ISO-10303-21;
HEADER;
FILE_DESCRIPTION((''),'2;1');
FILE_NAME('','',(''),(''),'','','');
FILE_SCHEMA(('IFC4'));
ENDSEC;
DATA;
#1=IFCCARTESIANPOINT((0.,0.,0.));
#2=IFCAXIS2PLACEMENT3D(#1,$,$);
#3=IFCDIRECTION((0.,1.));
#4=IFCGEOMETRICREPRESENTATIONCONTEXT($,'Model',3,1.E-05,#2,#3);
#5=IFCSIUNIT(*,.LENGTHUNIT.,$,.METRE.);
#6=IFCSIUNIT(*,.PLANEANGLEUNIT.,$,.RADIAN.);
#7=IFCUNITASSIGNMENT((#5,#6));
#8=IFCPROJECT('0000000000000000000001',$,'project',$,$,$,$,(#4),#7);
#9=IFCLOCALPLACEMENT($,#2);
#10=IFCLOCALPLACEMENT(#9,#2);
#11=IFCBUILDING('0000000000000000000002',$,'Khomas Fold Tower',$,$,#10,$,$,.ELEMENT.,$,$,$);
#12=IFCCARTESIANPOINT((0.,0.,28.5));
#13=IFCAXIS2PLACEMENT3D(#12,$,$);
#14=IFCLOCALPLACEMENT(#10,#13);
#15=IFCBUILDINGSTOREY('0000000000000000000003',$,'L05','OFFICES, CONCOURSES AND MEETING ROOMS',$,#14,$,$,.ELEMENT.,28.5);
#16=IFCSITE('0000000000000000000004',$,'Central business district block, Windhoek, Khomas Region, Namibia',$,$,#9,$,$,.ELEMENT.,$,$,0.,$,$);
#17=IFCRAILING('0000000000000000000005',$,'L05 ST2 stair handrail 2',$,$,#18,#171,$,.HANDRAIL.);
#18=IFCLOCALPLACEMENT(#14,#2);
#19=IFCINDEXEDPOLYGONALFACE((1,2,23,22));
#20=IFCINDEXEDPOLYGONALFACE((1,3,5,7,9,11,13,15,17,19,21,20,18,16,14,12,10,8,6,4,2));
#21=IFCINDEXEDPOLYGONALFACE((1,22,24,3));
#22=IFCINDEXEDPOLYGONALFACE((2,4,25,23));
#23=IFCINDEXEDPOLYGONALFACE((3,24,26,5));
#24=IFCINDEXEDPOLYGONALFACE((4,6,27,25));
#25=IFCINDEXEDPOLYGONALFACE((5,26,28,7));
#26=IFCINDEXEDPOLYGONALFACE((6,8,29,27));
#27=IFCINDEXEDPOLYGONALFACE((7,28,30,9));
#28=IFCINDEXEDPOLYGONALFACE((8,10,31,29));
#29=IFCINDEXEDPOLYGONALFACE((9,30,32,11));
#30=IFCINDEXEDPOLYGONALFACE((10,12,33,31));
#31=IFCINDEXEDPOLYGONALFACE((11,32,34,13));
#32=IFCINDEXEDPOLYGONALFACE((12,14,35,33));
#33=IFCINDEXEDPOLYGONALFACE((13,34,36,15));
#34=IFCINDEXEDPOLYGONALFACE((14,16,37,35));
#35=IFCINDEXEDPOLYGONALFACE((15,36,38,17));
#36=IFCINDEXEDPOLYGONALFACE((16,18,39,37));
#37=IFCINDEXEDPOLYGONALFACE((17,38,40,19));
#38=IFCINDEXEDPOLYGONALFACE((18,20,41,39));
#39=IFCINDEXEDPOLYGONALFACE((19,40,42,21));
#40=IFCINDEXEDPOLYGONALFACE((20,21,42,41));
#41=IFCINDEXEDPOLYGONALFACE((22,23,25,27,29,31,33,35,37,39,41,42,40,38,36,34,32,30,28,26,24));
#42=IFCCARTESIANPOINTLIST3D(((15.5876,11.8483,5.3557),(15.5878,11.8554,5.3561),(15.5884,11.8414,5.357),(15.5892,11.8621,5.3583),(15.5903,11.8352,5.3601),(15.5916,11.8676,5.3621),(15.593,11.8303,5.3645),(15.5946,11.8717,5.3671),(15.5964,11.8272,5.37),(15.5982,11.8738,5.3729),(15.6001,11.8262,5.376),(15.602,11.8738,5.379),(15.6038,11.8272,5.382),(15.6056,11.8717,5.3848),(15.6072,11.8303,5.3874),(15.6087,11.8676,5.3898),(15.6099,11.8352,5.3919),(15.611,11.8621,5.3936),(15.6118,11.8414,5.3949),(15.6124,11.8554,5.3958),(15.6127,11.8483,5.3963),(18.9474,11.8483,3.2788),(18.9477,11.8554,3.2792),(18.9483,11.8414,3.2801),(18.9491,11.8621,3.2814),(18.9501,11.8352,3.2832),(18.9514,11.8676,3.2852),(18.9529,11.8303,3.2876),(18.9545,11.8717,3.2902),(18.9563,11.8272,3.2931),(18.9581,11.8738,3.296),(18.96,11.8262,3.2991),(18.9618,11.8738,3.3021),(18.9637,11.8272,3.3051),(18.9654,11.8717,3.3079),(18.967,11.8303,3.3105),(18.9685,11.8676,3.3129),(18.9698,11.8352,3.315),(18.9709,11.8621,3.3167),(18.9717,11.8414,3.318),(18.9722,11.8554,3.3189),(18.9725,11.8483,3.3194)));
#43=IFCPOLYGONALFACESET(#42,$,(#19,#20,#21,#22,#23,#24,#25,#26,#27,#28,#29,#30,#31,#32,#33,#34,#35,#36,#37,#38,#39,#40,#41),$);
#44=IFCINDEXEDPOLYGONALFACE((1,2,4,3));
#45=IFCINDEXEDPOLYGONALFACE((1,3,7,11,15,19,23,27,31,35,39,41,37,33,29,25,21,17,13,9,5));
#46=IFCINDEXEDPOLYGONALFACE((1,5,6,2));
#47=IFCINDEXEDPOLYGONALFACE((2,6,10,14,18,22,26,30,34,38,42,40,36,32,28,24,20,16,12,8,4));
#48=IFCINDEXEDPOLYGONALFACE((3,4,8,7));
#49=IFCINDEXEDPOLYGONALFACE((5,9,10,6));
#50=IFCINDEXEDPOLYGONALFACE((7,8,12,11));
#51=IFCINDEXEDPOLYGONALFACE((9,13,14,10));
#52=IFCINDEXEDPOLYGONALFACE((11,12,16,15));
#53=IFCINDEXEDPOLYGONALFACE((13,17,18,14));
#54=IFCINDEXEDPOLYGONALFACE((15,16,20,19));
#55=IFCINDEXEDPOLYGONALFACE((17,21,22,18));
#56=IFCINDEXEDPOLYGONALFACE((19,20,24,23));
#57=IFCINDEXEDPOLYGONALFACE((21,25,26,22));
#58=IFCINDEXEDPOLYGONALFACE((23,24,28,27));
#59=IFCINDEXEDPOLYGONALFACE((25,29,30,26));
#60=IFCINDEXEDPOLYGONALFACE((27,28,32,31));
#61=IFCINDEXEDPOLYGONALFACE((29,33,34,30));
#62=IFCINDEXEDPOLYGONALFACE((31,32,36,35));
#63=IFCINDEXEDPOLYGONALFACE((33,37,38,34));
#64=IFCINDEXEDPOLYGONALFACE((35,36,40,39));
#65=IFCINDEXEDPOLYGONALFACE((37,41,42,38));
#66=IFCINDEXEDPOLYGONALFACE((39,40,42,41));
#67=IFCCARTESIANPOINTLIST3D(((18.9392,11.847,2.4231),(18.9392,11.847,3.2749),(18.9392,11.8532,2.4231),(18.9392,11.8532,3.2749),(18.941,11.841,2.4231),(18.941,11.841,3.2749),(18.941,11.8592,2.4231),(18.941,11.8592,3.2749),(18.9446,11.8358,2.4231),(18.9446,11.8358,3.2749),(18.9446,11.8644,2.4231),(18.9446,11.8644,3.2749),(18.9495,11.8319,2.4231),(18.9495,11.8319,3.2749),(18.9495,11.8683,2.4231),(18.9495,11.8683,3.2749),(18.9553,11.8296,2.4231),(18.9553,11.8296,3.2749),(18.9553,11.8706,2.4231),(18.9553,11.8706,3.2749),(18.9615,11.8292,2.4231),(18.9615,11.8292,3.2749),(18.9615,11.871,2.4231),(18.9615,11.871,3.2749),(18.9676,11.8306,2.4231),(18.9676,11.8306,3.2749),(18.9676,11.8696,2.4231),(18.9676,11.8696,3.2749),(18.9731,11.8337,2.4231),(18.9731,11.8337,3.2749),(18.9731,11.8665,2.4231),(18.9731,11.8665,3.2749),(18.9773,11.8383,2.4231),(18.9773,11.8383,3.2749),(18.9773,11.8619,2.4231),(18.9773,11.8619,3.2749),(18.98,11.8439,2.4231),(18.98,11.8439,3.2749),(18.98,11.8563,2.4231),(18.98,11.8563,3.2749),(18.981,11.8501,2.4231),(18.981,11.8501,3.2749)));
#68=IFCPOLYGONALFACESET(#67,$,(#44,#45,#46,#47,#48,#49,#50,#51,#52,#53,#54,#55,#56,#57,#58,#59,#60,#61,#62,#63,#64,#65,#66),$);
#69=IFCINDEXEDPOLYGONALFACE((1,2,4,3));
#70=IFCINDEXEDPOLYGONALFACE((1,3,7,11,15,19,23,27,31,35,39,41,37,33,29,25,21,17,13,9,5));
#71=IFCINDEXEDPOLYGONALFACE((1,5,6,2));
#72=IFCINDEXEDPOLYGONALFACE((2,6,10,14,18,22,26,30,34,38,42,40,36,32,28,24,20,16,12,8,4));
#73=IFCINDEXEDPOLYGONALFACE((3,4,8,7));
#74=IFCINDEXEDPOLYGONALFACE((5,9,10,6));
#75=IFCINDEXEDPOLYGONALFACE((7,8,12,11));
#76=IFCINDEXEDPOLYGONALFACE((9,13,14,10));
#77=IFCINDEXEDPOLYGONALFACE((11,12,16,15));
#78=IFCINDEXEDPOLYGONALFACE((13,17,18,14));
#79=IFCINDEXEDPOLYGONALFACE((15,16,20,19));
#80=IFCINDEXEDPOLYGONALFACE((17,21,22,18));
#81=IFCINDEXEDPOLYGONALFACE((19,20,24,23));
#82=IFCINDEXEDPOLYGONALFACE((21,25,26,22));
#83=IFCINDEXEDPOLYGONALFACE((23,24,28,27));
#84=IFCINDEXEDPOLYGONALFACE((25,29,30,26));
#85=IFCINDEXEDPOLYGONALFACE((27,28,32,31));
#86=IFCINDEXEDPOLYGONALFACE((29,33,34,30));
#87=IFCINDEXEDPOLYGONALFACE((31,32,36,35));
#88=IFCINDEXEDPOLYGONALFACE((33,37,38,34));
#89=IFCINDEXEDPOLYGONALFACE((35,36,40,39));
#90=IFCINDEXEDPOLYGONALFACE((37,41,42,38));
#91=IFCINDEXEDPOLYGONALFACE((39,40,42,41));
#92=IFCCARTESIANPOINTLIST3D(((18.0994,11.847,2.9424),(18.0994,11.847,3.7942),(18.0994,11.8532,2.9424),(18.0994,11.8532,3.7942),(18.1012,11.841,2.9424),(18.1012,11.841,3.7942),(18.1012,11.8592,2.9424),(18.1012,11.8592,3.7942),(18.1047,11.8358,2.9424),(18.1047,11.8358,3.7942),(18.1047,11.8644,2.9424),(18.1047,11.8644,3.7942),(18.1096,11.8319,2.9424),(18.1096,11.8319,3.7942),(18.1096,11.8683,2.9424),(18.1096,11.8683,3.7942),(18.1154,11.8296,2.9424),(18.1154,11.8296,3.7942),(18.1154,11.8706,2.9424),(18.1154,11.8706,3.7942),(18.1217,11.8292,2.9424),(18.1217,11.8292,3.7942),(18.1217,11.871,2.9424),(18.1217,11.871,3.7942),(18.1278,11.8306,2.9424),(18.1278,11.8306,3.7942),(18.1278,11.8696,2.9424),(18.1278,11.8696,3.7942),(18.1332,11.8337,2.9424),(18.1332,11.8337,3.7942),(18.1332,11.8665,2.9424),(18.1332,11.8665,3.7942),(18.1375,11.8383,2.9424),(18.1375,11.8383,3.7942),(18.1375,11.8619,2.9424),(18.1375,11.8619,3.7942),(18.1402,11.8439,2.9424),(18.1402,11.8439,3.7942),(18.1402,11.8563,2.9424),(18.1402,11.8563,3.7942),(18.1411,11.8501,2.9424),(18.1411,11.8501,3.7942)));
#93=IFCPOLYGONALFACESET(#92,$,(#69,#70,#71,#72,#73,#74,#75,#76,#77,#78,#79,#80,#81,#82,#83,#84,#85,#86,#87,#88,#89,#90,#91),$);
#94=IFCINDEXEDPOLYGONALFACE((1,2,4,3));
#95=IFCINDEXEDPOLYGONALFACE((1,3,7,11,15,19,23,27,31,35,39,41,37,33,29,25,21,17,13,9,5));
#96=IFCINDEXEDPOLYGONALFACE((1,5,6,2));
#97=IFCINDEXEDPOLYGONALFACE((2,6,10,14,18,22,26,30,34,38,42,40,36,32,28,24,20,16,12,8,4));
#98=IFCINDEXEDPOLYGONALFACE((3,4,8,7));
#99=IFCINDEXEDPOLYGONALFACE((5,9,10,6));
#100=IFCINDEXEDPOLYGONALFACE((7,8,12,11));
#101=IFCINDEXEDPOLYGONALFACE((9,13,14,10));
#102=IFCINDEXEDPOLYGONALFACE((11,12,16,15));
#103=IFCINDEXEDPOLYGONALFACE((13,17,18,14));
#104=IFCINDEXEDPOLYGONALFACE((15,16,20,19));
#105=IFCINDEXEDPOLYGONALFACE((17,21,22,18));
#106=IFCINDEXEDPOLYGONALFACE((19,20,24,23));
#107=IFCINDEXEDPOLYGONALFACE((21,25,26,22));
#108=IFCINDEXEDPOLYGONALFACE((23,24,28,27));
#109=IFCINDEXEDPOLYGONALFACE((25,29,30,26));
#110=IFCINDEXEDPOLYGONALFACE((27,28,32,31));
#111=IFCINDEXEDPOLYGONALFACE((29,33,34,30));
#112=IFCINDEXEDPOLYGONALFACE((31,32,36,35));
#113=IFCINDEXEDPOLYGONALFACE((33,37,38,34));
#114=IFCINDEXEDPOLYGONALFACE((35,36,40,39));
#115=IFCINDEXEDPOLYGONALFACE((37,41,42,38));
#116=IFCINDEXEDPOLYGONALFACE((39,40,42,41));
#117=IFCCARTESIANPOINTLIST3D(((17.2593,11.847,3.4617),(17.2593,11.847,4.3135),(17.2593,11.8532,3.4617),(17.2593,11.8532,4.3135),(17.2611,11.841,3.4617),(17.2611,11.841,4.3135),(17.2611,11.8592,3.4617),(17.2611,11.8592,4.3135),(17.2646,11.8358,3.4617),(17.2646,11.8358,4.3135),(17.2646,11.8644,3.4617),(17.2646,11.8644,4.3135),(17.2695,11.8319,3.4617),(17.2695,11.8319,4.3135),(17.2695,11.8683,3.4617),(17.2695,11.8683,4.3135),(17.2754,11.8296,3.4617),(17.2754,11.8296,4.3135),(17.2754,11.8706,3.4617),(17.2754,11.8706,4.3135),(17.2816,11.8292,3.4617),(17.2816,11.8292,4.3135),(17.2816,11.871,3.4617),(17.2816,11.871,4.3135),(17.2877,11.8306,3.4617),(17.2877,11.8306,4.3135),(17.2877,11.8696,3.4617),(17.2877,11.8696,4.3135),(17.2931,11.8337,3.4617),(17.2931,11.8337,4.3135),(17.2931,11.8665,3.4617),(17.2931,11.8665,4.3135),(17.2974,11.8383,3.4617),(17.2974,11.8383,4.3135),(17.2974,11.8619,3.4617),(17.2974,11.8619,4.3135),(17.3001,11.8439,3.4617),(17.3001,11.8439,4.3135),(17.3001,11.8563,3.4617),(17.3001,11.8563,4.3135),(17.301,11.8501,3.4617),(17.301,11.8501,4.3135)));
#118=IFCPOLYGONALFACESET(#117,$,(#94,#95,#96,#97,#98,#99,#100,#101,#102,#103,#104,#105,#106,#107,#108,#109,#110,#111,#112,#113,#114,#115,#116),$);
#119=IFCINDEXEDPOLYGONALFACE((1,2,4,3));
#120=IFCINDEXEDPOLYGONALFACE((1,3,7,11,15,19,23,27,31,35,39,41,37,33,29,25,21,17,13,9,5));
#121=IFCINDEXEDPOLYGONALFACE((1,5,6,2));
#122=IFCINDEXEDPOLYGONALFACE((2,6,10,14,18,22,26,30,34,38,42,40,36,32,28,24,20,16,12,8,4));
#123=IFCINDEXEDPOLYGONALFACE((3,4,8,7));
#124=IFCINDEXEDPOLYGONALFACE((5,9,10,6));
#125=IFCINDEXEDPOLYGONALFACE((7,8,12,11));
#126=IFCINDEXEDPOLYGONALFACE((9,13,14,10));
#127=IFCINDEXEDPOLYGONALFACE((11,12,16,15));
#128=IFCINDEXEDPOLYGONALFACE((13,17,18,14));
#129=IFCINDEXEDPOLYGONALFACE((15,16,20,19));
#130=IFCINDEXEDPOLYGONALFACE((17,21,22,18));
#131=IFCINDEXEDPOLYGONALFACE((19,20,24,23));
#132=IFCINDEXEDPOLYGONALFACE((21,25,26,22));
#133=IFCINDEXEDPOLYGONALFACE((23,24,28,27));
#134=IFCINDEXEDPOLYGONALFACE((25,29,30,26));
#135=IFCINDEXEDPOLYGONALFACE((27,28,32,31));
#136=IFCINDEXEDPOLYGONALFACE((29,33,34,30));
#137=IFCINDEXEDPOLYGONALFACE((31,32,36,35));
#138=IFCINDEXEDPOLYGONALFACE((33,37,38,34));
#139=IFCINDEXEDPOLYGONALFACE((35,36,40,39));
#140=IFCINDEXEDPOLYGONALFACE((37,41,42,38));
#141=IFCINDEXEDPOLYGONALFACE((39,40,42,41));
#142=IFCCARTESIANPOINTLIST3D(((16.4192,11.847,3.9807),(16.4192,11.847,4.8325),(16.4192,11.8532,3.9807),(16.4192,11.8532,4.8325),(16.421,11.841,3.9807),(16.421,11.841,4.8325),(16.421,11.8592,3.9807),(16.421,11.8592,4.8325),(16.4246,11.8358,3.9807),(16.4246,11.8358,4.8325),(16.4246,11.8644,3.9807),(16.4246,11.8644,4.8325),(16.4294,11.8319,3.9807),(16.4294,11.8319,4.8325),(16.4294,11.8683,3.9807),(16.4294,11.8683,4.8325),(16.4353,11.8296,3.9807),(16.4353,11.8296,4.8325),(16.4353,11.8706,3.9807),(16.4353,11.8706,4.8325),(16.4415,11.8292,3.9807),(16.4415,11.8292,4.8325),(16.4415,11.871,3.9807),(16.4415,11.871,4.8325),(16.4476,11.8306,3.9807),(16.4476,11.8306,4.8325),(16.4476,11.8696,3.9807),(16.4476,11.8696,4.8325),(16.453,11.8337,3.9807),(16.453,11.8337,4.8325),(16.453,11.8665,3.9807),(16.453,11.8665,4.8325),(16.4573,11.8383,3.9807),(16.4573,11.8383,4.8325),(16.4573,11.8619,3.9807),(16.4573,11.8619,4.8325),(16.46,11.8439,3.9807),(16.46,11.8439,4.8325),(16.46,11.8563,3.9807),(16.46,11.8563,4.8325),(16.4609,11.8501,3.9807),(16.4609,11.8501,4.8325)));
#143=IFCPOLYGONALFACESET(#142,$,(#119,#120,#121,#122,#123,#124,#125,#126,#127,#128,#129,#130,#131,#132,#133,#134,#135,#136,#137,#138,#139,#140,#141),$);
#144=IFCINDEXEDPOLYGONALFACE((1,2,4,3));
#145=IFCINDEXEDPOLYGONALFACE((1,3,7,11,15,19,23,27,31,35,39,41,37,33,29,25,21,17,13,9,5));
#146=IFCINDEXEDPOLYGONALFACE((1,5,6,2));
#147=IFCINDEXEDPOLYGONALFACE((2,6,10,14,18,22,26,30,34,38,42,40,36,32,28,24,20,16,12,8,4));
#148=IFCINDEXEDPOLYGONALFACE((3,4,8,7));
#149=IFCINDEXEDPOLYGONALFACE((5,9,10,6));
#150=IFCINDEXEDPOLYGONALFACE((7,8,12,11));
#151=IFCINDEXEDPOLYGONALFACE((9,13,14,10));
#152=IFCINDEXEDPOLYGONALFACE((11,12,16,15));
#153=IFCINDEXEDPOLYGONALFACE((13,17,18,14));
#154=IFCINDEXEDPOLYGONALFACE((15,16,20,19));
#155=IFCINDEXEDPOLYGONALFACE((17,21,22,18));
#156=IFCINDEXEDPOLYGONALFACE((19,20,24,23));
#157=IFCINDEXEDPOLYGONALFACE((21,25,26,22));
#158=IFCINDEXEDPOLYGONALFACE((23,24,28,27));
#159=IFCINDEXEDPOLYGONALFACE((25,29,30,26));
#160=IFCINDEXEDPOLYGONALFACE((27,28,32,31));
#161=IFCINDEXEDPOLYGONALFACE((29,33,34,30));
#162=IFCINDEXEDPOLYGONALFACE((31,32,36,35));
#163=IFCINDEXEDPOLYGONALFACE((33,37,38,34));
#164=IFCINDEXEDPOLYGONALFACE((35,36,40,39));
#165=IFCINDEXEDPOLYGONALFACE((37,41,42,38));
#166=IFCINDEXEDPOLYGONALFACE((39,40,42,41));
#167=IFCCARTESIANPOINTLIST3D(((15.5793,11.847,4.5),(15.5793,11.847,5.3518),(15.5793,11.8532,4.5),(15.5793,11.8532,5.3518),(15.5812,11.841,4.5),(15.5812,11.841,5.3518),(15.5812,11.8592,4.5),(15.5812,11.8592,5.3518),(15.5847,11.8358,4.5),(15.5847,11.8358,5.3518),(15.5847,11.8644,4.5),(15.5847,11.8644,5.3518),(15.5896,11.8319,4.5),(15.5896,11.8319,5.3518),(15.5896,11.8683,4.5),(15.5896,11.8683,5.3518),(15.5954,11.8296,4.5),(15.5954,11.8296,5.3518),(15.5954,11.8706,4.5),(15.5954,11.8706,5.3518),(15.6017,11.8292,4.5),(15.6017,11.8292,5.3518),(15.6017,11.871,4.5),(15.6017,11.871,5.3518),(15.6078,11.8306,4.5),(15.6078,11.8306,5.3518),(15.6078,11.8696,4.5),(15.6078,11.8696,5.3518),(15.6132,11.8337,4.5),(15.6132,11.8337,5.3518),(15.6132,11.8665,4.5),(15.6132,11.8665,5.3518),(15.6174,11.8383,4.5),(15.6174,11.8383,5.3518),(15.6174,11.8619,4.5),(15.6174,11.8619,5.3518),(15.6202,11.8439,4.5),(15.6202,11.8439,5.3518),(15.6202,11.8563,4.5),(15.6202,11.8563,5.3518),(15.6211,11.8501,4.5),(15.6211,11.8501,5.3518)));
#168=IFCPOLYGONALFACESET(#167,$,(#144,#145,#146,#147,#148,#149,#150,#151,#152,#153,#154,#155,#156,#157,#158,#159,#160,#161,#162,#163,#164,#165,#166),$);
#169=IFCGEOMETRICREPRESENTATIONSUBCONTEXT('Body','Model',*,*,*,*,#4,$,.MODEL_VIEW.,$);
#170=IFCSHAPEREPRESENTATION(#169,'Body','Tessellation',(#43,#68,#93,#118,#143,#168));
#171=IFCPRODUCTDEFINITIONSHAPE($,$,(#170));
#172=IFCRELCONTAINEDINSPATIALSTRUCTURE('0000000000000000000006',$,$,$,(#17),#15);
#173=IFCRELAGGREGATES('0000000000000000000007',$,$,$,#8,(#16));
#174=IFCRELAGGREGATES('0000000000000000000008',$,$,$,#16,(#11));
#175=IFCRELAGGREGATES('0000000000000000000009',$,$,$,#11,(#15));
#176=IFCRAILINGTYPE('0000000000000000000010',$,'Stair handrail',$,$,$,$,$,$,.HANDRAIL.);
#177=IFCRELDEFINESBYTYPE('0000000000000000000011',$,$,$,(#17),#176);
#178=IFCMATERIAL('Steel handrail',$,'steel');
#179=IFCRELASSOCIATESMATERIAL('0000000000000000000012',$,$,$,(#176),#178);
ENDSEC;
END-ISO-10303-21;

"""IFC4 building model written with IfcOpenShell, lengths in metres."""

from ifc_helpers import new_model, si_unit, direction, frame, origin, origin_2d, place, context, subcontext, project, spatial, circle, extrude, source, transform, mapped, material, type_object, element, save


model = new_model("IFC4")

# Units and contexts
model_context = context("Model", 3, precision=1e-05, world=origin(), true_north=direction((0.0, 1.0)))
body_context = subcontext(model_context, "Body", "Model", "MODEL_VIEW")
ifc_project = project(units=[si_unit("LENGTHUNIT", "METRE"), si_unit("PLANEANGLEUNIT", "RADIAN")], contexts=[model_context])

# Site, building, storey
site_placement = place(None, origin())
site = spatial("IfcSite", under=ifc_project, at=site_placement, Name="Central business district block, Windhoek, Khomas Region, Namibia", CompositionType="ELEMENT", RefElevation=0.0)
building_placement = place(site_placement, origin())
building = spatial("IfcBuilding", under=site, at=building_placement, Name="Khomas Fold Tower", CompositionType="ELEMENT")
storey_placement = place(building_placement, frame((0.0, 0.0, 28.5)))
storey = spatial("IfcBuildingStorey", under=building, at=storey_placement, Name="L05", Description="OFFICES, CONCOURSES AND MEETING ROOMS", CompositionType="ELEMENT", Elevation=28.5)

# Railing
ifc_material_1 = material(Name="Steel handrail", Category="steel")
railing_type = type_object("IfcRailingType", Name="Stair handrail", PredefinedType="HANDRAIL", material=ifc_material_1)
shared_shape_1 = source(origin(), body_context, "Body", "SweptSolid", [
    extrude(circle(Radius=0.0239, at=origin_2d()), frame((0.0, 0.0, 0.876), z_axis=(-0.850606, 0.0, 0.525803), x_axis=(0.0, -1.0, 0.0)), (0.0, 0.0, 1.0), 3.95),
    extrude(circle(Radius=0.021, at=origin_2d()), origin(), (0.0, 0.0, 1.0), 0.8518),
    extrude(circle(Radius=0.021, at=origin_2d()), frame((-0.8398, 0.0, 0.5193)), (0.0, 0.0, 1.0), 0.8518),
    extrude(circle(Radius=0.021, at=origin_2d()), frame((-1.6799, 0.0, 1.0386)), (0.0, 0.0, 1.0), 0.8518),
    extrude(circle(Radius=0.021, at=origin_2d()), frame((-2.52, 0.0, 1.5576)), (0.0, 0.0, 1.0), 0.8518),
    extrude(circle(Radius=0.021, at=origin_2d()), frame((-3.3599, 0.0, 2.0769)), (0.0, 0.0, 1.0), 0.8518),
])
railing_placement = place(storey_placement, frame((18.96, 11.8501, 2.4231)))
element("IfcRailing", 1, at=railing_placement, inside=storey, type_object=railing_type, Name="L05 ST2 stair handrail 2", PredefinedType="HANDRAIL", context=body_context, shape_type="MappedRepresentation", body=[
    mapped(shared_shape_1, transform((0.0, 0.0, 0.0))),
])

save(model, "model.ifc")
